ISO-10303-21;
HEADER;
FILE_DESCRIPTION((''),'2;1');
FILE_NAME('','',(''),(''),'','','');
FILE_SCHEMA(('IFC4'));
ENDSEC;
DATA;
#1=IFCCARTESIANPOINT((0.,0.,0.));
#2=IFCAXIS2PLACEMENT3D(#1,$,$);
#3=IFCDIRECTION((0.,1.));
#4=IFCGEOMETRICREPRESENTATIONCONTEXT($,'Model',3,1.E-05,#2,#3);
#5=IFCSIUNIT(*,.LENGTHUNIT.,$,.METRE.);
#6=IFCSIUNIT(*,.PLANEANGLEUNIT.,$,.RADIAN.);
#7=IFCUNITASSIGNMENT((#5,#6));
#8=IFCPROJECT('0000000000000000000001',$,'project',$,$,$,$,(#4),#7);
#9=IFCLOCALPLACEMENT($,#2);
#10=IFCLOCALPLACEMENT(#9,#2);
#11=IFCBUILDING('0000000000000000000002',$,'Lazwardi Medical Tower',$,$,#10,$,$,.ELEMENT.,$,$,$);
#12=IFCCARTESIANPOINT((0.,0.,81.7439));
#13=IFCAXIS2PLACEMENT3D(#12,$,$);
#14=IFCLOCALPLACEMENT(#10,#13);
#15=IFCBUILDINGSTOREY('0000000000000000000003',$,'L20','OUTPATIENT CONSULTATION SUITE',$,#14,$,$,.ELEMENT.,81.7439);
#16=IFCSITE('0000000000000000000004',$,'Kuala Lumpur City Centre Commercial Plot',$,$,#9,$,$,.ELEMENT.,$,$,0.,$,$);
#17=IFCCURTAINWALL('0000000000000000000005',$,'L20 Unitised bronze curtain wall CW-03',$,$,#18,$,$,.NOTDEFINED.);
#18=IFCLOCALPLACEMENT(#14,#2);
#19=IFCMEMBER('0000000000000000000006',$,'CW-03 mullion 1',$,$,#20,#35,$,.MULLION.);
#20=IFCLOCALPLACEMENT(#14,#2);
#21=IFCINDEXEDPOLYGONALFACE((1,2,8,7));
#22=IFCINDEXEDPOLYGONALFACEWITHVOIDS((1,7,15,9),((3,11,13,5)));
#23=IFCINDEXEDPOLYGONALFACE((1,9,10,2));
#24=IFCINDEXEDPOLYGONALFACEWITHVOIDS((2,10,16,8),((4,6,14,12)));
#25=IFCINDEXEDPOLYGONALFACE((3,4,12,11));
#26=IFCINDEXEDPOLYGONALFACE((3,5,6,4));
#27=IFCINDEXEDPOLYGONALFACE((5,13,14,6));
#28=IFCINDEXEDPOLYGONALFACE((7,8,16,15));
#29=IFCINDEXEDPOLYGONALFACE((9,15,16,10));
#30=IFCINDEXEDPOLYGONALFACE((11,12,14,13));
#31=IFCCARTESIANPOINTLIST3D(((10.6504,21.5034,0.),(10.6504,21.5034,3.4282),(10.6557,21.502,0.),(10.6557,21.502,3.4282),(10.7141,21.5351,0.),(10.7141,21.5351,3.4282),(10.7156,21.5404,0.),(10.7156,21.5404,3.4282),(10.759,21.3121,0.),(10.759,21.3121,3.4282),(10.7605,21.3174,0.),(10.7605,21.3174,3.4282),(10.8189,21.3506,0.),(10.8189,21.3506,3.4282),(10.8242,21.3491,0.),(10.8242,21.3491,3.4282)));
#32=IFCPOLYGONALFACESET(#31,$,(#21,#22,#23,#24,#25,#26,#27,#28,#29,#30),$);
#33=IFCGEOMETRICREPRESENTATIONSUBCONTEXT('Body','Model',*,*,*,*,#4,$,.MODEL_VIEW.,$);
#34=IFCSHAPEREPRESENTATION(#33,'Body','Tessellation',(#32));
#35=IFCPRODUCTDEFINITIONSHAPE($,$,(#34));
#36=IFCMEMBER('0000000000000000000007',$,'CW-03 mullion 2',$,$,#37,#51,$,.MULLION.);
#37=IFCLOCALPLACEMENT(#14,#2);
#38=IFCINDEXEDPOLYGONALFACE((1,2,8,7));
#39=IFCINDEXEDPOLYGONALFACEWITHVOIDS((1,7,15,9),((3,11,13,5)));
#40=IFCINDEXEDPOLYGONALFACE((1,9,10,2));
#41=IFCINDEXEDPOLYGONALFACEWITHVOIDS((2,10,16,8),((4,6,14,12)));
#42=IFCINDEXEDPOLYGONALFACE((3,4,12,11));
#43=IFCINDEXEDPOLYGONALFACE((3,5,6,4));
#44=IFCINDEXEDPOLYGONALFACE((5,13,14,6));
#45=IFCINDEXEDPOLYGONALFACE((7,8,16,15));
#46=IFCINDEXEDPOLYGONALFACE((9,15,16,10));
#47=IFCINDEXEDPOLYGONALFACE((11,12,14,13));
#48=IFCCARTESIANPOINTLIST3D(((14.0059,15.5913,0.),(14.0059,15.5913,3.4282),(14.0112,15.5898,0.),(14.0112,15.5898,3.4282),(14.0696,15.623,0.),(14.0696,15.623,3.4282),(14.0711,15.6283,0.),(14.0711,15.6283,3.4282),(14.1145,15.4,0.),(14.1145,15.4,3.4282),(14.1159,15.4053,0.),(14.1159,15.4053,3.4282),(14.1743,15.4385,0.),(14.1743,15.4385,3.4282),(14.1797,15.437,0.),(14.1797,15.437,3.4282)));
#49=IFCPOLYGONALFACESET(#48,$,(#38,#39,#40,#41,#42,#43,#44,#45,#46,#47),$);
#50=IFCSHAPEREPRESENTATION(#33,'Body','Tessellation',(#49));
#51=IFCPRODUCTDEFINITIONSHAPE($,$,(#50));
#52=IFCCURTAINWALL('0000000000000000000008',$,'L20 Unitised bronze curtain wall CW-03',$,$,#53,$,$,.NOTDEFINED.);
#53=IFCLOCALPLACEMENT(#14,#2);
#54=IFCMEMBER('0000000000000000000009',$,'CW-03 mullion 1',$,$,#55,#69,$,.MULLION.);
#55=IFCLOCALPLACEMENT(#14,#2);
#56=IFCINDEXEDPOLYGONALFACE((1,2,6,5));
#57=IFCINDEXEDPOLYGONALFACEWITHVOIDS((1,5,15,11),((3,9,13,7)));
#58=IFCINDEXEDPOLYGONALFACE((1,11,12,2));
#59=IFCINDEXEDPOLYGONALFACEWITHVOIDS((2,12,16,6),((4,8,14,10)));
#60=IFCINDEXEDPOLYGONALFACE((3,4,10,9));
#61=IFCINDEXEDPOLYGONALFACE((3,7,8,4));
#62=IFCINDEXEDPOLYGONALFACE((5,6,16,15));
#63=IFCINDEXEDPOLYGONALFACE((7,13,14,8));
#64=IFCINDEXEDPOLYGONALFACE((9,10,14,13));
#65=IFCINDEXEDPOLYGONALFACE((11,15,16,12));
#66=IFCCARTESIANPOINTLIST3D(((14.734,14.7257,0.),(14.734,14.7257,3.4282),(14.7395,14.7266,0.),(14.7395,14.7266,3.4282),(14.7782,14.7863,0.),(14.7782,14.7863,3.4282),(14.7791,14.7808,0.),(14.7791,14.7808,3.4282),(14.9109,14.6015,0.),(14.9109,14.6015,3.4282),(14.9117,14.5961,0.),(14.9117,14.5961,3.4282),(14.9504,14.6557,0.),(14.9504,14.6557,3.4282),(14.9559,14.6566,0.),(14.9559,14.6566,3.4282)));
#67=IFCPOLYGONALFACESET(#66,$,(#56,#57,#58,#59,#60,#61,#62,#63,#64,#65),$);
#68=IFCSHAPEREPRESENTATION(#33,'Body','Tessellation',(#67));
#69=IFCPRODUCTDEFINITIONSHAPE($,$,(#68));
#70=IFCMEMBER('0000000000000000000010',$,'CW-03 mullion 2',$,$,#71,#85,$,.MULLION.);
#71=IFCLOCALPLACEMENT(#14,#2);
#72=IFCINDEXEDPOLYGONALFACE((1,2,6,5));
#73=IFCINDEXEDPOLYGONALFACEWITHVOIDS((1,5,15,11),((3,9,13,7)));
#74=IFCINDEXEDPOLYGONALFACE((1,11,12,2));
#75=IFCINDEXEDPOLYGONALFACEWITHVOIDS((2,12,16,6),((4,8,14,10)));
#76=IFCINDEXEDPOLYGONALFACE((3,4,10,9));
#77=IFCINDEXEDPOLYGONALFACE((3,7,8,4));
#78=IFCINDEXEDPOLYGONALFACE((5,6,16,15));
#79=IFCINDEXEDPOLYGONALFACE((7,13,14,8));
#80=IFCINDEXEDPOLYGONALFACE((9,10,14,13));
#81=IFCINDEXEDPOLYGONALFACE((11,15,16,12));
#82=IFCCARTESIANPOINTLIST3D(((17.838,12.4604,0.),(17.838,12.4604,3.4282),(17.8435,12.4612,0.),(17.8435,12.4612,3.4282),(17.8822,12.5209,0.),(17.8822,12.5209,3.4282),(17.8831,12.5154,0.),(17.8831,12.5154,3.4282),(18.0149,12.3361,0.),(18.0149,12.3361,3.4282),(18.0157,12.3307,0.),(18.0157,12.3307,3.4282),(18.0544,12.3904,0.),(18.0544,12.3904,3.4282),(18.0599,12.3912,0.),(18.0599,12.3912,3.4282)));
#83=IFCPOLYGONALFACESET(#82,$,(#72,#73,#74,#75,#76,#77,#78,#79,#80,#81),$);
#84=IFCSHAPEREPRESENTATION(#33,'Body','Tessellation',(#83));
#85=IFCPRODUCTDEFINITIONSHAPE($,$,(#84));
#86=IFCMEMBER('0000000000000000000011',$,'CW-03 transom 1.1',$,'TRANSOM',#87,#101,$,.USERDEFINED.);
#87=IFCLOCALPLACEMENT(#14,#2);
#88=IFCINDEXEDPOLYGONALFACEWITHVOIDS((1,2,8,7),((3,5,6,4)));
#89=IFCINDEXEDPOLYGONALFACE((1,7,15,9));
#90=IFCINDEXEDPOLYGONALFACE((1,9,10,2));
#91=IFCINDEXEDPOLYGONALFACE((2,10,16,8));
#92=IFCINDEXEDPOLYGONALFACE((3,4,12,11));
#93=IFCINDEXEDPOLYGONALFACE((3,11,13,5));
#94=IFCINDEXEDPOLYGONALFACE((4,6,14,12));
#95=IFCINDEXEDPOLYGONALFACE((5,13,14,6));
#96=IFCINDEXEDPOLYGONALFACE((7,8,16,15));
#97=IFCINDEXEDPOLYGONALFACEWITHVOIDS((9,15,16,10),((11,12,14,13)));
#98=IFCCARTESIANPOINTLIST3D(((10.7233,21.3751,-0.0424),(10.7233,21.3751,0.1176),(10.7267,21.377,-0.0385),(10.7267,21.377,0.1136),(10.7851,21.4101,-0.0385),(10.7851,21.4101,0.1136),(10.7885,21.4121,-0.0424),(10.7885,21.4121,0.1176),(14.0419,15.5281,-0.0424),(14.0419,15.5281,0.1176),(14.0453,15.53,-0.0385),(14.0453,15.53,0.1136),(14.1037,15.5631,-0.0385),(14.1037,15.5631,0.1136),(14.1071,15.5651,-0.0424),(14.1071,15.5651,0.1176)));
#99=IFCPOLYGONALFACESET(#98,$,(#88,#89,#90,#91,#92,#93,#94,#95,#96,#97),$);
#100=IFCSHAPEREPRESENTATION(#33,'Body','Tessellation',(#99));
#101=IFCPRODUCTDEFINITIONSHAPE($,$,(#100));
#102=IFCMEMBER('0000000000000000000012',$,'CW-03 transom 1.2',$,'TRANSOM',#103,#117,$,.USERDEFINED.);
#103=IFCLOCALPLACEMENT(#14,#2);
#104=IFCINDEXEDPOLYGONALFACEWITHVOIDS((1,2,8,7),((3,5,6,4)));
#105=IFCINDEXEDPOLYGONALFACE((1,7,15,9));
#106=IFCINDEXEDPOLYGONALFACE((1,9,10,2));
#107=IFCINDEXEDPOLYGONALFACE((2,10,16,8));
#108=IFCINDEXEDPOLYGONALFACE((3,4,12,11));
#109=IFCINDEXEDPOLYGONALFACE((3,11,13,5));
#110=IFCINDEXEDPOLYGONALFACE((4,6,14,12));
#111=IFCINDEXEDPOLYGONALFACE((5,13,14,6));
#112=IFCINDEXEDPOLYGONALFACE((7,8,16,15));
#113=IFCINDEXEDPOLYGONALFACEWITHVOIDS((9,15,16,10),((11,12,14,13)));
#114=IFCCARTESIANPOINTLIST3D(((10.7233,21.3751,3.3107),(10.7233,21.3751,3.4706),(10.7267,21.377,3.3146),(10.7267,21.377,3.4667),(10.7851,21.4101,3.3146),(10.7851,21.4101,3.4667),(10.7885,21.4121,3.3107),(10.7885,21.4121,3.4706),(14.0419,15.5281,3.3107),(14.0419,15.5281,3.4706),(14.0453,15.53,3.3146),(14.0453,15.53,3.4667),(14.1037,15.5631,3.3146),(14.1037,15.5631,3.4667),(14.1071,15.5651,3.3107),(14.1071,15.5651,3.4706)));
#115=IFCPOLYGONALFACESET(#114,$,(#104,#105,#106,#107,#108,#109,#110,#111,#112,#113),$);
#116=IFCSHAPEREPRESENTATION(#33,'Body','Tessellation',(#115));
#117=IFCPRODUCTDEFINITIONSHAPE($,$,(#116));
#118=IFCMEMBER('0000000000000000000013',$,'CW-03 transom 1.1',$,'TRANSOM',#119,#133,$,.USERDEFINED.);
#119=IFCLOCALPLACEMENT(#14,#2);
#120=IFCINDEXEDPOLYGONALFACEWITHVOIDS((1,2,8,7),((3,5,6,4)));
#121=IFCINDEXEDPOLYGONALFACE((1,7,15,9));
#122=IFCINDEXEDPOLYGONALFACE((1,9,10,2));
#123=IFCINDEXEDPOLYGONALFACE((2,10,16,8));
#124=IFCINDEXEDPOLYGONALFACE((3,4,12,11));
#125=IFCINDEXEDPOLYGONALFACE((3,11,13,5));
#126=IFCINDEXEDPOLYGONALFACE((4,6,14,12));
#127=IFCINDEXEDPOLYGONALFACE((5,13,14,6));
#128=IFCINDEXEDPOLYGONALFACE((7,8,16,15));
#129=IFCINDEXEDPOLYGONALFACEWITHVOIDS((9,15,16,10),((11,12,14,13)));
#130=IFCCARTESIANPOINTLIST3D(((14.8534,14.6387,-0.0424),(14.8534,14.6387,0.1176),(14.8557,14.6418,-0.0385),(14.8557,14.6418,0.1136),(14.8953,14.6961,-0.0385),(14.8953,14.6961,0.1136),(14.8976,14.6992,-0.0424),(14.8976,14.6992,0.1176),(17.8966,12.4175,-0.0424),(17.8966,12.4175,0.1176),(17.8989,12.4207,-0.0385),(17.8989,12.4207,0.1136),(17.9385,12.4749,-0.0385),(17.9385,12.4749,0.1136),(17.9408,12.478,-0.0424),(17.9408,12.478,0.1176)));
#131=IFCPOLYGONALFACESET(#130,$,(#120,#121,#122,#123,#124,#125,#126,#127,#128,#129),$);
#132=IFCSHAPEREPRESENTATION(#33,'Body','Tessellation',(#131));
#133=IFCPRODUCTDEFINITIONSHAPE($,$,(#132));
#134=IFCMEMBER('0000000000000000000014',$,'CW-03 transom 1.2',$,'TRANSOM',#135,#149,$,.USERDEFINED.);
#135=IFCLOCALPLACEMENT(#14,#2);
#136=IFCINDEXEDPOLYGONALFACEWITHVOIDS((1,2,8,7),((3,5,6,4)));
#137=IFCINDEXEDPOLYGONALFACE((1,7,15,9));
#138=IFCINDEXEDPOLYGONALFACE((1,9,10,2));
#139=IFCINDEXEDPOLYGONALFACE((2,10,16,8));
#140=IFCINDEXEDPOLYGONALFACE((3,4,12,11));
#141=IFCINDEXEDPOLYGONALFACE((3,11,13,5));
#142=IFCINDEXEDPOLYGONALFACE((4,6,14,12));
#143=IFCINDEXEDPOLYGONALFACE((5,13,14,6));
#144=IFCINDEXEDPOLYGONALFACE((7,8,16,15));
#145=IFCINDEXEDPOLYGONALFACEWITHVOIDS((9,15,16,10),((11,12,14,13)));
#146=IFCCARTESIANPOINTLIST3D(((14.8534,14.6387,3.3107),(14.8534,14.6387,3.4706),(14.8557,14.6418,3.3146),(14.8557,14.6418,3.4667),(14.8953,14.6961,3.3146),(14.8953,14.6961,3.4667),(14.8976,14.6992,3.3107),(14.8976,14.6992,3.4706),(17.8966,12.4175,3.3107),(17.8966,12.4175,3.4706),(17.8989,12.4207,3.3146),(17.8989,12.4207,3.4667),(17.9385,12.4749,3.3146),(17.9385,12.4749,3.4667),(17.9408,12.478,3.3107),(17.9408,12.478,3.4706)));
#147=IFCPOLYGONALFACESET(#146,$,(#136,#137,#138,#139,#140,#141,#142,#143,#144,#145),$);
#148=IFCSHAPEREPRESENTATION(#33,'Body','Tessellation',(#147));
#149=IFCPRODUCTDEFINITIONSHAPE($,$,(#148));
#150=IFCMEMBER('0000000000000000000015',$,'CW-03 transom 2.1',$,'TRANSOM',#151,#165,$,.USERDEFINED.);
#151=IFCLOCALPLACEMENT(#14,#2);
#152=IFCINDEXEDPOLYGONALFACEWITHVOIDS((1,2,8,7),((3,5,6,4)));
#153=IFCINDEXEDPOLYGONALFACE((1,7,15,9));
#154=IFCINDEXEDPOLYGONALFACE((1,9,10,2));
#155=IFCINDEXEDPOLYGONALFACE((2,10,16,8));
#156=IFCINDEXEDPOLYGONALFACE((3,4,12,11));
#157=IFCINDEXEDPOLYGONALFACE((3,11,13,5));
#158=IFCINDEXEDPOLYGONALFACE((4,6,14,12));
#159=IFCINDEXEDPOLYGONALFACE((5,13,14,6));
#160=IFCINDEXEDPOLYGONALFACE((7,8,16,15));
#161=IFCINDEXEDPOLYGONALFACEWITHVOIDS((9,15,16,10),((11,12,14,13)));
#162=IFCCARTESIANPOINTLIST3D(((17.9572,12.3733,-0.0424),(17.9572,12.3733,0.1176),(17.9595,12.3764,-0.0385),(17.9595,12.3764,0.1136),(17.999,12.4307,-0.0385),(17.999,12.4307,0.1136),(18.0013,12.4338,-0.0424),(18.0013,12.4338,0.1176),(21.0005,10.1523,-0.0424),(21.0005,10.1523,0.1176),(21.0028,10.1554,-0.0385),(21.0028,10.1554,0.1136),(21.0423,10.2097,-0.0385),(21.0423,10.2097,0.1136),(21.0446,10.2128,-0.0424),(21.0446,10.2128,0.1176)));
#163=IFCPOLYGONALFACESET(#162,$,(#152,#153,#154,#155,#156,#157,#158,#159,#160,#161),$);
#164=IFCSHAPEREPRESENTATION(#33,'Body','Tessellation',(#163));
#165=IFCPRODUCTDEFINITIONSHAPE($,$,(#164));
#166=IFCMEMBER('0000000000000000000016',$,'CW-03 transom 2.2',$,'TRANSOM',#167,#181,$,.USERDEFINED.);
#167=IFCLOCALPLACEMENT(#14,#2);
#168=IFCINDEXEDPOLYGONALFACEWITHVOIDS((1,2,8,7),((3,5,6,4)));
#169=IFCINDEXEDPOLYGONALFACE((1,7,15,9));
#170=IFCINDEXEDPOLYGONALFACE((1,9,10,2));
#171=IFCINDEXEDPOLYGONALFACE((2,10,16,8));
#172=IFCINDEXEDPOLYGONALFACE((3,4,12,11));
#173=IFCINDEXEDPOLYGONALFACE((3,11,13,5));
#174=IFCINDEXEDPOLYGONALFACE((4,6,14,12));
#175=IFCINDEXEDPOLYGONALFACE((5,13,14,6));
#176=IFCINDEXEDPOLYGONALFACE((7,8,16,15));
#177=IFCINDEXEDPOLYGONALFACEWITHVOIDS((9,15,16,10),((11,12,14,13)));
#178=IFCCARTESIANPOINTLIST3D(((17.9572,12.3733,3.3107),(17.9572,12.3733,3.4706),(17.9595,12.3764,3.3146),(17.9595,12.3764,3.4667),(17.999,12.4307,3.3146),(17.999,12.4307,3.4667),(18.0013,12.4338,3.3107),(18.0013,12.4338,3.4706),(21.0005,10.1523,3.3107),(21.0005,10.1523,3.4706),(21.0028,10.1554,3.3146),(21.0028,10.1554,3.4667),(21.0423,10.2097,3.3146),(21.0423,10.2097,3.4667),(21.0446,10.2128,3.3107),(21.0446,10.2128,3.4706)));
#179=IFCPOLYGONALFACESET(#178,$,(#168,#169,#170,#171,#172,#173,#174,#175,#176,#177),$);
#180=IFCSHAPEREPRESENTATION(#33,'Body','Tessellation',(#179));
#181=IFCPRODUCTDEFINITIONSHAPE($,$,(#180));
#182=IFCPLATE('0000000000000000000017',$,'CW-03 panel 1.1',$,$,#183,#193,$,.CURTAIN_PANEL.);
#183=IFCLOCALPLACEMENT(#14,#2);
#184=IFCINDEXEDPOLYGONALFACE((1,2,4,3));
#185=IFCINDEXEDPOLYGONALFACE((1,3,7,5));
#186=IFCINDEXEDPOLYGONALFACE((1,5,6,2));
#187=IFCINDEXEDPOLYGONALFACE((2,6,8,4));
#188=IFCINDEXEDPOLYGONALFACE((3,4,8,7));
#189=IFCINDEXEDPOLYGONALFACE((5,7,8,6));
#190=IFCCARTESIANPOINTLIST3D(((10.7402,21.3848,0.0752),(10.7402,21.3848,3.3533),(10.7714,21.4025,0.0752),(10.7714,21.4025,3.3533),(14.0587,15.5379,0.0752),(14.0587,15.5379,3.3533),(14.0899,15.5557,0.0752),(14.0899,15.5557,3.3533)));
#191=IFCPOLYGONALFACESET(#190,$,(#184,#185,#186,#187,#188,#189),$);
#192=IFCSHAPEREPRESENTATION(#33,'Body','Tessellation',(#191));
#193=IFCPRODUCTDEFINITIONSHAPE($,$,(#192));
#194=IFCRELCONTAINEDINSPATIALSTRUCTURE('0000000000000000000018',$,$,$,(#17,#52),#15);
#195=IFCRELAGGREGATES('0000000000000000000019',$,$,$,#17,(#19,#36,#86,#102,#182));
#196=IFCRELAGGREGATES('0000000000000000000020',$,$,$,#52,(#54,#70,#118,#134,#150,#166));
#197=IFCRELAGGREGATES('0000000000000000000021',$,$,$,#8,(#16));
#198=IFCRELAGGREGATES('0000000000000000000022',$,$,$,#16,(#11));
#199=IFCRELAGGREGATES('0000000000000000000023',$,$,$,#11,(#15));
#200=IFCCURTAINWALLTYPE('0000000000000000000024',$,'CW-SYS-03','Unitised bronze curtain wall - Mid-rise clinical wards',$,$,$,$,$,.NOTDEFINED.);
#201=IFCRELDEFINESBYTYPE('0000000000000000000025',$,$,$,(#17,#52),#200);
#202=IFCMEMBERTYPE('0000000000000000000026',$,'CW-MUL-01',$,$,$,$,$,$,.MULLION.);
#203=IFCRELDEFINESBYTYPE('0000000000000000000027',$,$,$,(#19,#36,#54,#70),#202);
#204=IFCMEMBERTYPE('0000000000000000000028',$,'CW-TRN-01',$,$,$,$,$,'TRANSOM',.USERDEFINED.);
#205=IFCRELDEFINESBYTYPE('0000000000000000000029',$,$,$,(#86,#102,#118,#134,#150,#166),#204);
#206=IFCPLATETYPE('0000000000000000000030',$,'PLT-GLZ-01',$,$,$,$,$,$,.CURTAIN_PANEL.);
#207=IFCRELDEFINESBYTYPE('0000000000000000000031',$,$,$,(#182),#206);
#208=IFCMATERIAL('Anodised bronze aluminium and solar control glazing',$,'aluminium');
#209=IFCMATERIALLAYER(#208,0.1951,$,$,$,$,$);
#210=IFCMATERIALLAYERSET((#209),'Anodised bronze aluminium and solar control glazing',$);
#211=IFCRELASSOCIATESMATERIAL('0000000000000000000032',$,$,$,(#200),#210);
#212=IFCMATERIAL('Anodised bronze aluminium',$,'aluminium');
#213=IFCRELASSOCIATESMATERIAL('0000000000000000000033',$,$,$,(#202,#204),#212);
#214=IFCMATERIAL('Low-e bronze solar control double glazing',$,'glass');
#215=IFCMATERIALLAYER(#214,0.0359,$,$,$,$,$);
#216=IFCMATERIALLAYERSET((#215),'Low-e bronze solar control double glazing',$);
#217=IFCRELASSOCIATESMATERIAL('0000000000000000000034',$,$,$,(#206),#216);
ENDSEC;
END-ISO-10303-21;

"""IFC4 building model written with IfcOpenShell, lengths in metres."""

from ifc_helpers import new_model, si_unit, direction, frame, origin, origin_2d, place, context, subcontext, project, spatial, rectangle, hollow_rectangle, extrude, material, layer, layer_set, material_profile, profile_set, type_object, element, aggregate, save


model = new_model("IFC4")

# Units and contexts
model_context = context("Model", 3, precision=1e-05, world=origin(), true_north=direction((0.0, 1.0)))
body_context = subcontext(model_context, "Body", "Model", "MODEL_VIEW")
ifc_project = project(units=[si_unit("LENGTHUNIT", "METRE"), si_unit("PLANEANGLEUNIT", "RADIAN")], contexts=[model_context])

# Site, building, storey
site_placement = place(None, origin())
site = spatial("IfcSite", under=ifc_project, at=site_placement, Name="Kuala Lumpur City Centre Commercial Plot", CompositionType="ELEMENT", RefElevation=0.0)
building_placement = place(site_placement, origin())
building = spatial("IfcBuilding", under=site, at=building_placement, Name="Lazwardi Medical Tower", CompositionType="ELEMENT")
storey_placement = place(building_placement, frame((0.0, 0.0, 81.7439)))
storey = spatial("IfcBuildingStorey", under=building, at=storey_placement, Name="L20", Description="OUTPATIENT CONSULTATION SUITE", CompositionType="ELEMENT", Elevation=81.7439)

# Curtain walls, members
ifc_material_1 = material(Name="Anodised bronze aluminium and solar control glazing", Category="aluminium")
ifc_layer_1 = layer(ifc_material_1, 0.1951)
ifc_layer_set_1 = layer_set([ifc_layer_1], Name="Anodised bronze aluminium and solar control glazing")
curtain_wall_type = type_object("IfcCurtainWallType", Name="CW-SYS-03", Description="Unitised bronze curtain wall - Mid-rise clinical wards", PredefinedType="NOTDEFINED", material=ifc_layer_set_1)
curtain_wall_1_placement = place(storey_placement, origin())
curtain_wall_1 = element("IfcCurtainWall", 1, at=curtain_wall_1_placement, inside=storey, type_object=curtain_wall_type, Name="L20 Unitised bronze curtain wall CW-03", PredefinedType="NOTDEFINED")
ifc_material_2 = material(Name="Anodised bronze aluminium", Category="aluminium")
ifc_material_profile_1 = material_profile(ifc_material_2, hollow_rectangle(XDim=0.075, YDim=0.22, WallThickness=0.0039, at=origin_2d()), Name="ALU-MULLION 220x75x4")
ifc_profile_set_1 = profile_set([ifc_material_profile_1], Name="Anodised bronze aluminium")
member_type_1 = type_object("IfcMemberType", Name="CW-MUL-01", PredefinedType="MULLION", material=ifc_profile_set_1)
member_1_placement = place(storey_placement, frame((10.7373, 21.4263, 0.0), z_axis=(0.0, 0.0, 1.0), x_axis=(0.869687, 0.493603, 0.0)))
member_1 = element("IfcMember", 2, at=member_1_placement, type_object=member_type_1, Name="CW-03 mullion 1", PredefinedType="MULLION", context=body_context, shape_type="SweptSolid", body=[
    extrude(hollow_rectangle(XDim=0.075, YDim=0.22, WallThickness=0.0039, at=origin_2d()), origin(), (0.0, 0.0, 1.0), 3.4282),
])
member_2_placement = place(storey_placement, frame((14.0928, 15.5142, 0.0), z_axis=(0.0, 0.0, 1.0), x_axis=(0.869687, 0.493603, 0.0)))
member_2 = element("IfcMember", 3, at=member_2_placement, type_object=member_type_1, Name="CW-03 mullion 2", PredefinedType="MULLION", context=body_context, shape_type="SweptSolid", body=[
    extrude(hollow_rectangle(XDim=0.075, YDim=0.22, WallThickness=0.0039, at=origin_2d()), origin(), (0.0, 0.0, 1.0), 3.4282),
])
curtain_wall_2_placement = place(storey_placement, origin())
curtain_wall_2 = element("IfcCurtainWall", 4, at=curtain_wall_2_placement, inside=storey, type_object=curtain_wall_type, Name="L20 Unitised bronze curtain wall CW-03", PredefinedType="NOTDEFINED")
member_3_placement = place(storey_placement, frame((14.845, 14.6912, 0.0), z_axis=(0.0, 0.0, 1.0), x_axis=(0.589531, 0.807746, 0.0)))
member_3 = element("IfcMember", 5, at=member_3_placement, type_object=member_type_1, Name="CW-03 mullion 1", PredefinedType="MULLION", context=body_context, shape_type="SweptSolid", body=[
    extrude(hollow_rectangle(XDim=0.075, YDim=0.22, WallThickness=0.0039, at=origin_2d()), origin(), (0.0, 0.0, 1.0), 3.4282),
])
member_4_placement = place(storey_placement, frame((17.949, 12.4258, 0.0), z_axis=(0.0, 0.0, 1.0), x_axis=(0.589531, 0.807746, 0.0)))
member_4 = element("IfcMember", 6, at=member_4_placement, type_object=member_type_1, Name="CW-03 mullion 2", PredefinedType="MULLION", context=body_context, shape_type="SweptSolid", body=[
    extrude(hollow_rectangle(XDim=0.075, YDim=0.22, WallThickness=0.0039, at=origin_2d()), origin(), (0.0, 0.0, 1.0), 3.4282),
])

# Members
ifc_material_profile_2 = material_profile(ifc_material_2, hollow_rectangle(XDim=0.075, YDim=0.1599, WallThickness=0.0039, at=origin_2d()), Name="ALU-TRANSOM 160x75x4")
ifc_profile_set_2 = profile_set([ifc_material_profile_2], Name="Anodised bronze aluminium")
member_type_2 = type_object("IfcMemberType", Name="CW-TRN-01", ElementType="TRANSOM", PredefinedType="USERDEFINED", material=ifc_profile_set_2)
member_5_placement = place(storey_placement, frame((10.7559, 21.3936, 0.0376), z_axis=(0.493614, -0.869681, 0.0), x_axis=(0.869681, 0.493614, 0.0)))
member_5 = element("IfcMember", 7, at=member_5_placement, type_object=member_type_2, Name="CW-03 transom 1.1", ObjectType="TRANSOM", PredefinedType="USERDEFINED", context=body_context, shape_type="SweptSolid", body=[
    extrude(hollow_rectangle(XDim=0.075, YDim=0.1599, WallThickness=0.0039, at=origin_2d()), origin(), (0.0, 0.0, 1.0), 6.7231),
])
member_6_placement = place(storey_placement, frame((10.7559, 21.3936, 3.3906), z_axis=(0.493614, -0.869681, 0.0), x_axis=(0.869681, 0.493614, 0.0)))
member_6 = element("IfcMember", 8, at=member_6_placement, type_object=member_type_2, Name="CW-03 transom 1.2", ObjectType="TRANSOM", PredefinedType="USERDEFINED", context=body_context, shape_type="SweptSolid", body=[
    extrude(hollow_rectangle(XDim=0.075, YDim=0.1599, WallThickness=0.0039, at=origin_2d()), origin(), (0.0, 0.0, 1.0), 6.7231),
])
member_7_placement = place(storey_placement, frame((14.8755, 14.6689, 0.0376), z_axis=(0.807732, -0.58955, 0.0), x_axis=(0.58955, 0.807732, 0.0)))
member_7 = element("IfcMember", 9, at=member_7_placement, type_object=member_type_2, Name="CW-03 transom 1.1", ObjectType="TRANSOM", PredefinedType="USERDEFINED", context=body_context, shape_type="SweptSolid", body=[
    extrude(hollow_rectangle(XDim=0.075, YDim=0.1599, WallThickness=0.0039, at=origin_2d()), origin(), (0.0, 0.0, 1.0), 3.7676),
])
member_8_placement = place(storey_placement, frame((14.8755, 14.6689, 3.3906), z_axis=(0.807732, -0.58955, 0.0), x_axis=(0.58955, 0.807732, 0.0)))
member_8 = element("IfcMember", 10, at=member_8_placement, type_object=member_type_2, Name="CW-03 transom 1.2", ObjectType="TRANSOM", PredefinedType="USERDEFINED", context=body_context, shape_type="SweptSolid", body=[
    extrude(hollow_rectangle(XDim=0.075, YDim=0.1599, WallThickness=0.0039, at=origin_2d()), origin(), (0.0, 0.0, 1.0), 3.7676),
])
member_9_placement = place(storey_placement, frame((17.9792, 12.4036, 0.0376), z_axis=(0.807763, -0.589508, 0.0), x_axis=(0.589508, 0.807763, 0.0)))
member_9 = element("IfcMember", 11, at=member_9_placement, type_object=member_type_2, Name="CW-03 transom 2.1", ObjectType="TRANSOM", PredefinedType="USERDEFINED", context=body_context, shape_type="SweptSolid", body=[
    extrude(hollow_rectangle(XDim=0.075, YDim=0.1599, WallThickness=0.0039, at=origin_2d()), origin(), (0.0, 0.0, 1.0), 3.7676),
])
member_10_placement = place(storey_placement, frame((17.9792, 12.4036, 3.3906), z_axis=(0.807763, -0.589508, 0.0), x_axis=(0.589508, 0.807763, 0.0)))
member_10 = element("IfcMember", 12, at=member_10_placement, type_object=member_type_2, Name="CW-03 transom 2.2", ObjectType="TRANSOM", PredefinedType="USERDEFINED", context=body_context, shape_type="SweptSolid", body=[
    extrude(hollow_rectangle(XDim=0.075, YDim=0.1599, WallThickness=0.0039, at=origin_2d()), origin(), (0.0, 0.0, 1.0), 3.7676),
])

# Plate
ifc_material_3 = material(Name="Low-e bronze solar control double glazing", Category="glass")
ifc_layer_2 = layer(ifc_material_3, 0.0359)
ifc_layer_set_2 = layer_set([ifc_layer_2], Name="Low-e bronze solar control double glazing")
plate_type = type_object("IfcPlateType", Name="PLT-GLZ-01", PredefinedType="CURTAIN_PANEL", material=ifc_layer_set_2)
plate_1_placement = place(storey_placement, frame((12.415, 18.4702, 0.0752), z_axis=(0.0, 0.0, 1.0), x_axis=(0.493603, -0.869687, 0.0)))
plate_1 = element("IfcPlate", 13, at=plate_1_placement, type_object=plate_type, Name="CW-03 panel 1.1", PredefinedType="CURTAIN_PANEL", context=body_context, shape_type="SweptSolid", body=[
    extrude(rectangle(XDim=6.7229, YDim=0.0359, at=origin_2d()), origin(), (0.0, 0.0, 1.0), 3.2781),
])
aggregate(curtain_wall_1, [member_1, member_2, member_5, member_6, plate_1])
aggregate(curtain_wall_2, [member_3, member_4, member_7, member_8, member_9, member_10])

save(model, "model.ifc")
